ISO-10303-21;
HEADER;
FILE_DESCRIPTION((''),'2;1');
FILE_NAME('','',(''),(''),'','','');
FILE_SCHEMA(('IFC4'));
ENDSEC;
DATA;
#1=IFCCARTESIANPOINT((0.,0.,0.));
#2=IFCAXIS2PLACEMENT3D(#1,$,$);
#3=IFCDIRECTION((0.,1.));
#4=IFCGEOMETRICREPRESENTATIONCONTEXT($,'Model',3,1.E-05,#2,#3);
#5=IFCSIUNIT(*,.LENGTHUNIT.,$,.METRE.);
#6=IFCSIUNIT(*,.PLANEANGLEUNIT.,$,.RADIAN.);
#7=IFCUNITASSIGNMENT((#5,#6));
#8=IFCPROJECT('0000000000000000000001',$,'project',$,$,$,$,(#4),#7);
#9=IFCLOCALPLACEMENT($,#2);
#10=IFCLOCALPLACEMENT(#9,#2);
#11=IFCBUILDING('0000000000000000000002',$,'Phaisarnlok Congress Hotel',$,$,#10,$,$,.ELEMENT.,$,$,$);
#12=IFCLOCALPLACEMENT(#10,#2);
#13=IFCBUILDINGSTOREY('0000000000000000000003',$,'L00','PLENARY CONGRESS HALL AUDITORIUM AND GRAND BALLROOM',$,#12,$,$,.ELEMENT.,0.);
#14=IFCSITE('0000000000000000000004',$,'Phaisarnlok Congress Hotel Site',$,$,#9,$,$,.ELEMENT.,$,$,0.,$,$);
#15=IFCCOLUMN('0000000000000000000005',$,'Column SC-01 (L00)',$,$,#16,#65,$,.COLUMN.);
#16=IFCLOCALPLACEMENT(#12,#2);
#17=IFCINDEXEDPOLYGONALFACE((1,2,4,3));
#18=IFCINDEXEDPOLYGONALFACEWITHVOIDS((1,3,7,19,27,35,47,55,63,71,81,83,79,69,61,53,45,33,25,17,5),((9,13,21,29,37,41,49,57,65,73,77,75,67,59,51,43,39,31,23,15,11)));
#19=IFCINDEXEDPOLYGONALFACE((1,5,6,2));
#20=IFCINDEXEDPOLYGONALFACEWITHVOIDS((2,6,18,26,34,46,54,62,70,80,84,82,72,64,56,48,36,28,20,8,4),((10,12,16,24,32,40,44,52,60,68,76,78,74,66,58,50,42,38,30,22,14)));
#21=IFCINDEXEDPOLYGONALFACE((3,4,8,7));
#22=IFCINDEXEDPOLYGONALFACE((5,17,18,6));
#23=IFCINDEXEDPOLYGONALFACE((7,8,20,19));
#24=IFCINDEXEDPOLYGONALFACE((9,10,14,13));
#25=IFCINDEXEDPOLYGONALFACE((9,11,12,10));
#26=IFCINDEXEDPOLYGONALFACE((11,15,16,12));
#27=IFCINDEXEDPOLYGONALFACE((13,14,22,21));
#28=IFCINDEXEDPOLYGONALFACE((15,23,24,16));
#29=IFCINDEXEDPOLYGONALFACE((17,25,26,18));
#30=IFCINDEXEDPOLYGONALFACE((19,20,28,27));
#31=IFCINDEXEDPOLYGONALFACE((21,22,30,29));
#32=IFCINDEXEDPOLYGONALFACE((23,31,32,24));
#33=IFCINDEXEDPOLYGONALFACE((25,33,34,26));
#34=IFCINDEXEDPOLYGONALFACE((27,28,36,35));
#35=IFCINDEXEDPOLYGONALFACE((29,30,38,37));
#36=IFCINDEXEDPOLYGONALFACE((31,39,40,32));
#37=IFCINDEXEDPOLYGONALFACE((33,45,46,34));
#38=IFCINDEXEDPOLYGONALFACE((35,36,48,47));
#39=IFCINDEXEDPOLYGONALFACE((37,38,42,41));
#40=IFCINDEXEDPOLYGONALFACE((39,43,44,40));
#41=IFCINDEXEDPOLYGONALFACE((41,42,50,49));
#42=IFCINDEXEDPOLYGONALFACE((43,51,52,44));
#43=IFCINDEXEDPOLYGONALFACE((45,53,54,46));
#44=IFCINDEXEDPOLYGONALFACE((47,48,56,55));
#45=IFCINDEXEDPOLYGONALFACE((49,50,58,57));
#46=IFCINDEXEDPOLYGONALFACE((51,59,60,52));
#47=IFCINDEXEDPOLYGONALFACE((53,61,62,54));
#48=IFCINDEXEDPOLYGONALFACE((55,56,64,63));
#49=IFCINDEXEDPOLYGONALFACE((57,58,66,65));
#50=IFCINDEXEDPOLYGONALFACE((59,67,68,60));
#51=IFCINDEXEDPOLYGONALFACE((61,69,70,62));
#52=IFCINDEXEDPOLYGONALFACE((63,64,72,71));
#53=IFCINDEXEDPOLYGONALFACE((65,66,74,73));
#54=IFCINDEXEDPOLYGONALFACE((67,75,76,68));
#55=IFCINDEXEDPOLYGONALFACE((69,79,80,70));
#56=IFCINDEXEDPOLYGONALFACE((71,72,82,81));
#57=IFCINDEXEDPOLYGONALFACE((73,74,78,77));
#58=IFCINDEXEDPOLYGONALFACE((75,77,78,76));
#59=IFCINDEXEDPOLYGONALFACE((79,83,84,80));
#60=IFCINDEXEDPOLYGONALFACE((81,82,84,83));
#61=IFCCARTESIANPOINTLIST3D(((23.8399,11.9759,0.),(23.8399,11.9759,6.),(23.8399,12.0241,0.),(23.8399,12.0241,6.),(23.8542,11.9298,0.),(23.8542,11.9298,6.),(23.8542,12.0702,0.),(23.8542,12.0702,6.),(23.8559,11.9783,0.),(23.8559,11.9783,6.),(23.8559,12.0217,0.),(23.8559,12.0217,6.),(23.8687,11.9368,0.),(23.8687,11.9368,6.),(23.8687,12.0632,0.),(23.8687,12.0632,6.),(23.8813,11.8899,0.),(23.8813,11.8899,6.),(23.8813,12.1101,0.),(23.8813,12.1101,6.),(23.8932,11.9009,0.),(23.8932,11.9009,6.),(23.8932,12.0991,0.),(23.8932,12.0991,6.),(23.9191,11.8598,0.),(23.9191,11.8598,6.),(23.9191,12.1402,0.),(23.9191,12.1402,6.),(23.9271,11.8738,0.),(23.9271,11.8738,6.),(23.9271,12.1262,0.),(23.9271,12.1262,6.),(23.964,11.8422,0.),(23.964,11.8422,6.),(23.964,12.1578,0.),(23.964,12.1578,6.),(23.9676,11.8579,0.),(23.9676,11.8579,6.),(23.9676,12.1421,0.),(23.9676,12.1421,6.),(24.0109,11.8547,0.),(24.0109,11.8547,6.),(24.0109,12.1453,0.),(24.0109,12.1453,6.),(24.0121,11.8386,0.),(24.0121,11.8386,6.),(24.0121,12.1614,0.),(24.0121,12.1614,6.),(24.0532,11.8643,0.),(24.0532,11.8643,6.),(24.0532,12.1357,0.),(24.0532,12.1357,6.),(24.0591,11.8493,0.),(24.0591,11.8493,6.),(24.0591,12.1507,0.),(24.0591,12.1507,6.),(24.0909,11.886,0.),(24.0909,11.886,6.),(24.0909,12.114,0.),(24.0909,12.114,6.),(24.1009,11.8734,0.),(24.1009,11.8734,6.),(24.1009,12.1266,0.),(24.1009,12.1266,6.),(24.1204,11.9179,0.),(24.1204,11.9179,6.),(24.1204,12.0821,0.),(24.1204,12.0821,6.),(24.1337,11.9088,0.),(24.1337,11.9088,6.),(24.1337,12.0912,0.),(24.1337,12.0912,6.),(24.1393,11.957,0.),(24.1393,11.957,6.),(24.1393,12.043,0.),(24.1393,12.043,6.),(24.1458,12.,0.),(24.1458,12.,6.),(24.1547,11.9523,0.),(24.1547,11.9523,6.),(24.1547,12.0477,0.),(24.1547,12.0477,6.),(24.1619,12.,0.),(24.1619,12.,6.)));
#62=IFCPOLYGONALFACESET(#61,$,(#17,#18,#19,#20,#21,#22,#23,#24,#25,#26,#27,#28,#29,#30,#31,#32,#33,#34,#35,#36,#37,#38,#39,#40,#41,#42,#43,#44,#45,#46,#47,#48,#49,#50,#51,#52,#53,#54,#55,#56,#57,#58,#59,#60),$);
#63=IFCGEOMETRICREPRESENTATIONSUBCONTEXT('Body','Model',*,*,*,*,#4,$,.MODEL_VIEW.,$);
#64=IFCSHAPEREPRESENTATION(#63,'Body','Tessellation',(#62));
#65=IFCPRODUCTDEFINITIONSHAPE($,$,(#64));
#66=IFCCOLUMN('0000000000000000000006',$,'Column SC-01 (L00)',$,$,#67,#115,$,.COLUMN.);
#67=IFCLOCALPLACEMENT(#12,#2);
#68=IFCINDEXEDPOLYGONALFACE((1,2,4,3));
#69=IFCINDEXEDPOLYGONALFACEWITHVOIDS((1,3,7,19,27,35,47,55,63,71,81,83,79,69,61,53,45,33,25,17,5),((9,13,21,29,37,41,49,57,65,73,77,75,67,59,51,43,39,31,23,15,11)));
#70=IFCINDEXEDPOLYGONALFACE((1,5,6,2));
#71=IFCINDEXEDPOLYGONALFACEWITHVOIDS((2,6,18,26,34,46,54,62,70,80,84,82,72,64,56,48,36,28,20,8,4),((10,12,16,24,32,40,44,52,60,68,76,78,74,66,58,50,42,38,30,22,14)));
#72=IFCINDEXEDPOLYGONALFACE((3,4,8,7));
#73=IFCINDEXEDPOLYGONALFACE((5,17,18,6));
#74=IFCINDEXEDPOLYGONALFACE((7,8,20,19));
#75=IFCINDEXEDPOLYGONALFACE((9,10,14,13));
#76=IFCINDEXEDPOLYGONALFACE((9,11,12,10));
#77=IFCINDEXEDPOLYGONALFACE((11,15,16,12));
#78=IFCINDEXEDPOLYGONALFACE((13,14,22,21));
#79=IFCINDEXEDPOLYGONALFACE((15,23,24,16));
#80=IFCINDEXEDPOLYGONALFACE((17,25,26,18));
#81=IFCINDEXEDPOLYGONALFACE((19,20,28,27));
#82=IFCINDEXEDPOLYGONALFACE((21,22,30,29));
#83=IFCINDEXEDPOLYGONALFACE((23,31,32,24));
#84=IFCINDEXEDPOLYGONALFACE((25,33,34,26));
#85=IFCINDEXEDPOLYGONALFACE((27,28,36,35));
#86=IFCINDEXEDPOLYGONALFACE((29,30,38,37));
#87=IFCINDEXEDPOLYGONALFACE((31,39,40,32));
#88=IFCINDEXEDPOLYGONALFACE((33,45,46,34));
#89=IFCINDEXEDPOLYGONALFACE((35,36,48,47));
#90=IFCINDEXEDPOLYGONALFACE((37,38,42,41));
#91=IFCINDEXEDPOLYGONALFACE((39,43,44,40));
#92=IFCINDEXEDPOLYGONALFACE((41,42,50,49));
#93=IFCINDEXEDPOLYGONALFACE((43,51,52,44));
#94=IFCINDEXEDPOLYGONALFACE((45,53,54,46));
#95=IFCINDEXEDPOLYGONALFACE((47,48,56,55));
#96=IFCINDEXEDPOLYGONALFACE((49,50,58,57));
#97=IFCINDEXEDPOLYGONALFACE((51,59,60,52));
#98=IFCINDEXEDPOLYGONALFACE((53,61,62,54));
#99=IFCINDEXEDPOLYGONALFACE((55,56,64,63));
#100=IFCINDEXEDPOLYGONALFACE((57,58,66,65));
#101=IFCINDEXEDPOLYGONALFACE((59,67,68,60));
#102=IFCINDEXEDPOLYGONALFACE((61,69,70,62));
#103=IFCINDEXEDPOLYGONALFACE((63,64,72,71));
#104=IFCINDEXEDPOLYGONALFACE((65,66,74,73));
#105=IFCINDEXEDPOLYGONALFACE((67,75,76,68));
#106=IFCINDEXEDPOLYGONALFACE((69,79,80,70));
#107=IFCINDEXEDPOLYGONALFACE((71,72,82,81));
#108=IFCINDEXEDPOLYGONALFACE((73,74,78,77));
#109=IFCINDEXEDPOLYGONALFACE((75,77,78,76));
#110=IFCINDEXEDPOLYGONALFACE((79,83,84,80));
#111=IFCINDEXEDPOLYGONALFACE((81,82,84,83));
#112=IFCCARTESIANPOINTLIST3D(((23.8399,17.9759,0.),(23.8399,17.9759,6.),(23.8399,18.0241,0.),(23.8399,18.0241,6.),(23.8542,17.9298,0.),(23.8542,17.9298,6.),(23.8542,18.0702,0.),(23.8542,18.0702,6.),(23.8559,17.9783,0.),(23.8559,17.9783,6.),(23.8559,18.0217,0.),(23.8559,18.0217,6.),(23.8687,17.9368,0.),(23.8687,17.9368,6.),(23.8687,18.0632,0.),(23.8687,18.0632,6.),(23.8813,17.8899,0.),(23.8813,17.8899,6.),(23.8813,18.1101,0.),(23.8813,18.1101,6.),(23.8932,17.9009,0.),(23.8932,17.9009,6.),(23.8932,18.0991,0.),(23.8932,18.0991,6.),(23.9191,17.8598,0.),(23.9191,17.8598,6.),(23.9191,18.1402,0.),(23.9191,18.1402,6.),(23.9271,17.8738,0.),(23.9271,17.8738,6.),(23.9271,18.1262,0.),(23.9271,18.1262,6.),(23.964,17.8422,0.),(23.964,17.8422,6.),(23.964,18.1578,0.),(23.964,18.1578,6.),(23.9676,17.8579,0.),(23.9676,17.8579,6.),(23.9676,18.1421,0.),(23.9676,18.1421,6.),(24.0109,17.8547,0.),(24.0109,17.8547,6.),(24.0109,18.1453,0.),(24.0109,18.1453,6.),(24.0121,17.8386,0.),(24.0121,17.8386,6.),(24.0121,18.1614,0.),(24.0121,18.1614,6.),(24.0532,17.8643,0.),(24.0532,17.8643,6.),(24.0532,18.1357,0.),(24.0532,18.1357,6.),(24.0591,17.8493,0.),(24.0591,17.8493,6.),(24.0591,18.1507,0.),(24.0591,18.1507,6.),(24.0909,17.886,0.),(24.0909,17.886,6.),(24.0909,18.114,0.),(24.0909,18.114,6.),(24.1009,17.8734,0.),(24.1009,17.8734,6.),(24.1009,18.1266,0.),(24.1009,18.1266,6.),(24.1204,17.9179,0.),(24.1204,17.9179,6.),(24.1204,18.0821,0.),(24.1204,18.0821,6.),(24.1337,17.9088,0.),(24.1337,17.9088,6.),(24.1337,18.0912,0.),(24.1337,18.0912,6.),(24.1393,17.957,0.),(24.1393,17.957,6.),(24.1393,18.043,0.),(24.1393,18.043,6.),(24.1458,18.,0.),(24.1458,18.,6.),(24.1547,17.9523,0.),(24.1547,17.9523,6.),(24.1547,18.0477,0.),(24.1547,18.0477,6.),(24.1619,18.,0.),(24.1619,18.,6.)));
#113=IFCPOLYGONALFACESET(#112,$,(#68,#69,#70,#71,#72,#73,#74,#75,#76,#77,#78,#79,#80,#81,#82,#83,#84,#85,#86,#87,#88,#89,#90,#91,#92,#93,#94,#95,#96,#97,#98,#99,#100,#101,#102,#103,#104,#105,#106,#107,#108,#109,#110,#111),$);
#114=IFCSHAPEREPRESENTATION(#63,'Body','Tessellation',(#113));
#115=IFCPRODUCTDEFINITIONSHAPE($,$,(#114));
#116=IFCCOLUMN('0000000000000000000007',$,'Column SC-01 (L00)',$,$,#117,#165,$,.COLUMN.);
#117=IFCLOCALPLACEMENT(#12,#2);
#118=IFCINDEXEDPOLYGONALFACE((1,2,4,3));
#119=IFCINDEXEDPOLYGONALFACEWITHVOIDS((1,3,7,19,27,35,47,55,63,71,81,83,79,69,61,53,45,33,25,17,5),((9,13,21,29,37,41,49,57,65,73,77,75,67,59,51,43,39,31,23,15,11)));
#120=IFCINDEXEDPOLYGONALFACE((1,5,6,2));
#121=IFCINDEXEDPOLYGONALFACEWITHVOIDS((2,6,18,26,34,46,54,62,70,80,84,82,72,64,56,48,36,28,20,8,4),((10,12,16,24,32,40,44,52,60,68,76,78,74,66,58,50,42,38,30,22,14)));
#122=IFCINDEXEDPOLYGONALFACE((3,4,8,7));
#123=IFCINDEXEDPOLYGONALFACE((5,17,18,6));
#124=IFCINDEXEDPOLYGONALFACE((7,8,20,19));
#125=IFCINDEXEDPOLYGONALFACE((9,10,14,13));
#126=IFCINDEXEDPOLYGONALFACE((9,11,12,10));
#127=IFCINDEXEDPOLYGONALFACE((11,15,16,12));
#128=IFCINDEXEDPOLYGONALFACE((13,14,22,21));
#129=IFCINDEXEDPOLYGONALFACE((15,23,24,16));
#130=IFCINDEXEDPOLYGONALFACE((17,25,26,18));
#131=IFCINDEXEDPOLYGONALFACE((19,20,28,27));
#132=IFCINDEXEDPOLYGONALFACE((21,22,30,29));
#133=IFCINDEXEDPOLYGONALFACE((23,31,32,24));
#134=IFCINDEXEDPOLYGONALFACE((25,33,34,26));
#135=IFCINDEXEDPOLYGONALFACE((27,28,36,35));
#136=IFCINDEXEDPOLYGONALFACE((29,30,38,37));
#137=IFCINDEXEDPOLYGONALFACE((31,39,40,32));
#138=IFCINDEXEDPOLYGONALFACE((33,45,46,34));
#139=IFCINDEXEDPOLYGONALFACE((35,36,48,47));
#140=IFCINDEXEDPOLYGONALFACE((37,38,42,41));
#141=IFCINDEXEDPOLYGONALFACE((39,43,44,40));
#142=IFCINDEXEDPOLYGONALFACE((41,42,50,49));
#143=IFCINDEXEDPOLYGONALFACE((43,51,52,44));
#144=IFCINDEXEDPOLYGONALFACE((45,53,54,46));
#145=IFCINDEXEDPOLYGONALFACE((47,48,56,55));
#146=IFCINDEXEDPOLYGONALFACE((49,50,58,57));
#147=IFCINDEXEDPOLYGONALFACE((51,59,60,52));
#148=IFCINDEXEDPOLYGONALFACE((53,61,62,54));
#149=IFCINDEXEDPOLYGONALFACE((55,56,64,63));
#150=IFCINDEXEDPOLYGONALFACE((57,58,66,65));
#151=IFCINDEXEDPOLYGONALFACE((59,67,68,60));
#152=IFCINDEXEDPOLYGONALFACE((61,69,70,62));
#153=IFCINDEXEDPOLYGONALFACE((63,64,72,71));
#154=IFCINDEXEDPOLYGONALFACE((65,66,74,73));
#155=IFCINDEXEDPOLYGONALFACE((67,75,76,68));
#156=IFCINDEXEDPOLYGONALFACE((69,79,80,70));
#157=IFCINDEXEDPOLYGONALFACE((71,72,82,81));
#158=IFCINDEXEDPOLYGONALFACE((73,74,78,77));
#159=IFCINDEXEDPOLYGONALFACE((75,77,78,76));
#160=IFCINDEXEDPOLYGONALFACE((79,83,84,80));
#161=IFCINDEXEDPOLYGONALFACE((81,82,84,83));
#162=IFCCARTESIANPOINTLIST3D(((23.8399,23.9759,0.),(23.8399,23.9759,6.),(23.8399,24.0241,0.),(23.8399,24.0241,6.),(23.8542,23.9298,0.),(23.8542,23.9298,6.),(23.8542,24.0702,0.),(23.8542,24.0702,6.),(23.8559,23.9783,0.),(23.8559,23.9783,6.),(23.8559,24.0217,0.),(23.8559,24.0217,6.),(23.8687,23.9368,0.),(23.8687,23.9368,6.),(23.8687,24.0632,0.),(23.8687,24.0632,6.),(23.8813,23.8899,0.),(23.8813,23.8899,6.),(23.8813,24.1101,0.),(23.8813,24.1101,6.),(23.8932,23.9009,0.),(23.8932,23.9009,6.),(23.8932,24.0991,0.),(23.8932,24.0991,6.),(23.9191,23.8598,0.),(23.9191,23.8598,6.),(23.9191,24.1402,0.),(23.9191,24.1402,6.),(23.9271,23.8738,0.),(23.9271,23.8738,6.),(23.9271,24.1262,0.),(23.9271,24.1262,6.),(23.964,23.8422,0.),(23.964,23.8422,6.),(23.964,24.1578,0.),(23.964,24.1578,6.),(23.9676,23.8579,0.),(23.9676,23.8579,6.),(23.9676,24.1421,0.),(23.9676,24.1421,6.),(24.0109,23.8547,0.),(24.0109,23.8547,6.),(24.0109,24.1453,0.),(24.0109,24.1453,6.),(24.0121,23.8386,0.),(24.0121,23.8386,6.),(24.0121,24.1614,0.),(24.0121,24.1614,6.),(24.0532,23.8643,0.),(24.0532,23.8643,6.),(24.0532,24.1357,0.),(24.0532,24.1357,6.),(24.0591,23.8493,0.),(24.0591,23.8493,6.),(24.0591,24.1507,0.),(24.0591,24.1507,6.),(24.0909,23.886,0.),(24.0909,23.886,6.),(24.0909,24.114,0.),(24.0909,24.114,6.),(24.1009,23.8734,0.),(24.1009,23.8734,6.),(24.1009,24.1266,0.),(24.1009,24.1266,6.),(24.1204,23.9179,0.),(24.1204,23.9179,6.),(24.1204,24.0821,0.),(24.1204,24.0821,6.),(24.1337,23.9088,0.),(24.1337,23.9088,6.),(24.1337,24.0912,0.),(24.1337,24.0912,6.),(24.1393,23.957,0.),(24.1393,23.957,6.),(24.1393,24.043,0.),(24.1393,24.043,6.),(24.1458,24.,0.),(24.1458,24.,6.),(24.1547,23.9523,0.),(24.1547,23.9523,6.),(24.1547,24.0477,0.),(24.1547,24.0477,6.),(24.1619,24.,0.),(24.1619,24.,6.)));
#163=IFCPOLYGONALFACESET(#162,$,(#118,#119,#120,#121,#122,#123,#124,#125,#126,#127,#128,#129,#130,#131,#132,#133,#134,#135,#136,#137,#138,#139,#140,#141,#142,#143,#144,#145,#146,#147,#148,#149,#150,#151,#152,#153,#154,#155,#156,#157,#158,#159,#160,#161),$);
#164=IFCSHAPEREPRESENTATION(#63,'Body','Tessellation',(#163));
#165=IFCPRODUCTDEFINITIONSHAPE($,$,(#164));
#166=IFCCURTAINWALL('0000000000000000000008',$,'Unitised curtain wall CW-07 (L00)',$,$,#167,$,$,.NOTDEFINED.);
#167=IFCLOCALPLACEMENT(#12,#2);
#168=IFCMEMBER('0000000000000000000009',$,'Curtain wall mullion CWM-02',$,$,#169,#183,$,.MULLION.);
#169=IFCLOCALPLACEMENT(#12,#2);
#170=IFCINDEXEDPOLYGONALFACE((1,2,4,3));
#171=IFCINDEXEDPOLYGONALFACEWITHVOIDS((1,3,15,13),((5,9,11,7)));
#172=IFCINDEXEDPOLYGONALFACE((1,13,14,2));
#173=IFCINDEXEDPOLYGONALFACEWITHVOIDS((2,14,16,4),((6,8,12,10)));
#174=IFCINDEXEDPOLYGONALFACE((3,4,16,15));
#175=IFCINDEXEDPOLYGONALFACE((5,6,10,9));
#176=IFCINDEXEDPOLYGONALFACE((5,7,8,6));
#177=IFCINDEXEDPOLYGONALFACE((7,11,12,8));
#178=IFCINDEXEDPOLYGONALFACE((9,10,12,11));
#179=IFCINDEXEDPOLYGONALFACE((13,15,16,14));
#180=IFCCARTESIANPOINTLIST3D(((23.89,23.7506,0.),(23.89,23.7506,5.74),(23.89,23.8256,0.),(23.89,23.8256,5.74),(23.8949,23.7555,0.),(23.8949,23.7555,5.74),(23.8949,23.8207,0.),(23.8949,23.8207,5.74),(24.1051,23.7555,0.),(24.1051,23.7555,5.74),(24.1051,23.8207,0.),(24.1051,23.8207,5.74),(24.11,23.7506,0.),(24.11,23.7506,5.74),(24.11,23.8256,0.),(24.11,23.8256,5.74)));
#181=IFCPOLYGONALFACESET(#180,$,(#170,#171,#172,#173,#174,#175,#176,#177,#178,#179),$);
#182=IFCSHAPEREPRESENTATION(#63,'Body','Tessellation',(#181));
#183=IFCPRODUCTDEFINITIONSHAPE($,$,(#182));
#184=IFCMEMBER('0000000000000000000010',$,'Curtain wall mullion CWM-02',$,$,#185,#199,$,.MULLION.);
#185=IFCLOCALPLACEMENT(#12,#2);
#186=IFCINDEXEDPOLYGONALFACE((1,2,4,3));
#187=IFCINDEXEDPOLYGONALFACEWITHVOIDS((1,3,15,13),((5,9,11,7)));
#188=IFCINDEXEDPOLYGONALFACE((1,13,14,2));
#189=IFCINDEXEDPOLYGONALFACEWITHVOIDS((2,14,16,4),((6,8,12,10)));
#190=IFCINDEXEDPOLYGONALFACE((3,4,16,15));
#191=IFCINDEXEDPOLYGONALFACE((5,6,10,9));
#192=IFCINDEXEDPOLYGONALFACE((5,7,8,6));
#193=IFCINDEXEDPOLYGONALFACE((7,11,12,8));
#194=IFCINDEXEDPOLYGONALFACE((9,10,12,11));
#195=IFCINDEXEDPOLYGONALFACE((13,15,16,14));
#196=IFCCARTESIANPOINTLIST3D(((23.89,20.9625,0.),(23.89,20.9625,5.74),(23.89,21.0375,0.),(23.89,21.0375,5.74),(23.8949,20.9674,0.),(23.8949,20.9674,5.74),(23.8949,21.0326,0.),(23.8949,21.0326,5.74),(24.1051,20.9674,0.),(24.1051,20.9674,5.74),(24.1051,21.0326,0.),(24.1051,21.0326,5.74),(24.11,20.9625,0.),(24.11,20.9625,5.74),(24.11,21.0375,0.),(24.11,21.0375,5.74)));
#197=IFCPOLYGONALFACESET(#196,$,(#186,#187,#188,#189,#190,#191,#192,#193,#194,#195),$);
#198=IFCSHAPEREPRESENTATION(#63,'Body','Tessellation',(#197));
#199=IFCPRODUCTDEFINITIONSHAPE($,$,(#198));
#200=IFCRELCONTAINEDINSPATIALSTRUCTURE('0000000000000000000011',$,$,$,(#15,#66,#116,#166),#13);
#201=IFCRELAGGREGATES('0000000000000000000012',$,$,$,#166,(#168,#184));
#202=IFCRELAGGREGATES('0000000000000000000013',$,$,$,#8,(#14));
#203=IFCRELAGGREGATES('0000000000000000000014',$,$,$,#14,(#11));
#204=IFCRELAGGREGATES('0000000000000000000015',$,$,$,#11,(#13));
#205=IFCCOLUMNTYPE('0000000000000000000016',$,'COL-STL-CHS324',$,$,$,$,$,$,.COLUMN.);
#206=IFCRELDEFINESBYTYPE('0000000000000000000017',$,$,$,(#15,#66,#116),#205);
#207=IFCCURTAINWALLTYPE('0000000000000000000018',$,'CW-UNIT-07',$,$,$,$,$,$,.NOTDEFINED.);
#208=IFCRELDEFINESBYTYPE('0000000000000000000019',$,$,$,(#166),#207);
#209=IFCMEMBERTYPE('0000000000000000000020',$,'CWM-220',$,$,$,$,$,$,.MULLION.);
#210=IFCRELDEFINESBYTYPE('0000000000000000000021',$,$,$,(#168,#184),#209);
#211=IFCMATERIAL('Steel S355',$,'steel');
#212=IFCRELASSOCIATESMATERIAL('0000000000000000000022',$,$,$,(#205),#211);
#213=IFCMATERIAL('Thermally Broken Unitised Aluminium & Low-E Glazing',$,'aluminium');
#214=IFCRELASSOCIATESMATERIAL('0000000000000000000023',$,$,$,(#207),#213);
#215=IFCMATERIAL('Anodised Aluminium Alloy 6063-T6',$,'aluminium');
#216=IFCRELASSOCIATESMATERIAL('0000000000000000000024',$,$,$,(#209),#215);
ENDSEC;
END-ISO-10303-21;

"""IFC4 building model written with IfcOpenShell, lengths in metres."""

from ifc_helpers import new_model, si_unit, direction, frame, origin, origin_2d, place, context, subcontext, project, spatial, hollow_rectangle, hollow_circle, extrude, material, material_profile, profile_set, type_object, element, aggregate, save


model = new_model("IFC4")

# Units and contexts
model_context = context("Model", 3, precision=1e-05, world=origin(), true_north=direction((0.0, 1.0)))
body_context = subcontext(model_context, "Body", "Model", "MODEL_VIEW")
ifc_project = project(units=[si_unit("LENGTHUNIT", "METRE"), si_unit("PLANEANGLEUNIT", "RADIAN")], contexts=[model_context])

# Site, building, storey
site_placement = place(None, origin())
site = spatial("IfcSite", under=ifc_project, at=site_placement, Name="Phaisarnlok Congress Hotel Site", CompositionType="ELEMENT", RefElevation=0.0)
building_placement = place(site_placement, origin())
building = spatial("IfcBuilding", under=site, at=building_placement, Name="Phaisarnlok Congress Hotel", CompositionType="ELEMENT")
storey_placement = place(building_placement, origin())
storey = spatial("IfcBuildingStorey", under=building, at=storey_placement, Name="L00", Description="PLENARY CONGRESS HALL AUDITORIUM AND GRAND BALLROOM", CompositionType="ELEMENT", Elevation=0.0)

# Columns
ifc_material_1 = material(Name="Steel S355", Category="steel")
ifc_material_profile_1 = material_profile(ifc_material_1, hollow_circle(Radius=0.1619, WallThickness=0.0161, at=origin_2d()), Name="CHS 323.9x16")
ifc_profile_set_1 = profile_set([ifc_material_profile_1], Name="Steel S355")
column_type = type_object("IfcColumnType", Name="COL-STL-CHS324", PredefinedType="COLUMN", material=ifc_profile_set_1)
for number, where, z_axis, x_axis, name in (
    (1, (24.0, 12.0, 0.0), (0.0, 0.0, 1.0), (1.0, 0.0, 0.0), "Column SC-01 (L00)"),
    (2, (24.0, 18.0, 0.0), (0.0, 0.0, 1.0), (1.0, 0.0, 0.0), "Column SC-01 (L00)"),
    (3, (24.0, 24.0, 0.0), (0.0, 0.0, 1.0), (1.0, 0.0, 0.0), "Column SC-01 (L00)"),
):
    element("IfcColumn", number, at=place(storey_placement, frame(where, z_axis=z_axis, x_axis=x_axis)), inside=storey, type_object=column_type, Name=name, PredefinedType="COLUMN", context=body_context, shape_type="SweptSolid", body=[
        extrude(hollow_circle(Radius=0.1619, WallThickness=0.0161, at=origin_2d()), origin(), (0.0, 0.0, 1.0), 6.0),
    ])

# Curtain wall, members
ifc_material_2 = material(Name="Thermally Broken Unitised Aluminium & Low-E Glazing", Category="aluminium")
curtain_wall_type = type_object("IfcCurtainWallType", Name="CW-UNIT-07", PredefinedType="NOTDEFINED", material=ifc_material_2)
curtain_wall_placement = place(storey_placement, origin())
curtain_wall = element("IfcCurtainWall", 4, at=curtain_wall_placement, inside=storey, type_object=curtain_wall_type, Name="Unitised curtain wall CW-07 (L00)", PredefinedType="NOTDEFINED")
ifc_material_3 = material(Name="Anodised Aluminium Alloy 6063-T6", Category="aluminium")
ifc_material_profile_2 = material_profile(ifc_material_3, hollow_rectangle(XDim=0.075, YDim=0.22, WallThickness=0.0049, at=origin_2d()), Name="ALU-M 75x220x5")
ifc_profile_set_2 = profile_set([ifc_material_profile_2], Name="Anodised Aluminium Alloy 6063-T6")
member_type_1 = type_object("IfcMemberType", Name="CWM-220", PredefinedType="MULLION", material=ifc_profile_set_2)
member_1_placement = place(storey_placement, frame((24.0, 23.7881, 0.0), z_axis=(0.0, 0.0, 1.0), x_axis=(0.0, -1.0, 0.0)))
member_1 = element("IfcMember", 5, at=member_1_placement, type_object=member_type_1, Name="Curtain wall mullion CWM-02", PredefinedType="MULLION", context=body_context, shape_type="SweptSolid", body=[
    extrude(hollow_rectangle(XDim=0.075, YDim=0.22, WallThickness=0.0049, at=origin_2d()), origin(), (0.0, 0.0, 1.0), 5.74),
])
member_2_placement = place(storey_placement, frame((24.0, 21.0, 0.0), z_axis=(0.0, 0.0, 1.0), x_axis=(0.0, -1.0, 0.0)))
member_2 = element("IfcMember", 6, at=member_2_placement, type_object=member_type_1, Name="Curtain wall mullion CWM-02", PredefinedType="MULLION", context=body_context, shape_type="SweptSolid", body=[
    extrude(hollow_rectangle(XDim=0.075, YDim=0.22, WallThickness=0.0049, at=origin_2d()), origin(), (0.0, 0.0, 1.0), 5.74),
])
aggregate(curtain_wall, [member_1, member_2])

save(model, "model.ifc")
